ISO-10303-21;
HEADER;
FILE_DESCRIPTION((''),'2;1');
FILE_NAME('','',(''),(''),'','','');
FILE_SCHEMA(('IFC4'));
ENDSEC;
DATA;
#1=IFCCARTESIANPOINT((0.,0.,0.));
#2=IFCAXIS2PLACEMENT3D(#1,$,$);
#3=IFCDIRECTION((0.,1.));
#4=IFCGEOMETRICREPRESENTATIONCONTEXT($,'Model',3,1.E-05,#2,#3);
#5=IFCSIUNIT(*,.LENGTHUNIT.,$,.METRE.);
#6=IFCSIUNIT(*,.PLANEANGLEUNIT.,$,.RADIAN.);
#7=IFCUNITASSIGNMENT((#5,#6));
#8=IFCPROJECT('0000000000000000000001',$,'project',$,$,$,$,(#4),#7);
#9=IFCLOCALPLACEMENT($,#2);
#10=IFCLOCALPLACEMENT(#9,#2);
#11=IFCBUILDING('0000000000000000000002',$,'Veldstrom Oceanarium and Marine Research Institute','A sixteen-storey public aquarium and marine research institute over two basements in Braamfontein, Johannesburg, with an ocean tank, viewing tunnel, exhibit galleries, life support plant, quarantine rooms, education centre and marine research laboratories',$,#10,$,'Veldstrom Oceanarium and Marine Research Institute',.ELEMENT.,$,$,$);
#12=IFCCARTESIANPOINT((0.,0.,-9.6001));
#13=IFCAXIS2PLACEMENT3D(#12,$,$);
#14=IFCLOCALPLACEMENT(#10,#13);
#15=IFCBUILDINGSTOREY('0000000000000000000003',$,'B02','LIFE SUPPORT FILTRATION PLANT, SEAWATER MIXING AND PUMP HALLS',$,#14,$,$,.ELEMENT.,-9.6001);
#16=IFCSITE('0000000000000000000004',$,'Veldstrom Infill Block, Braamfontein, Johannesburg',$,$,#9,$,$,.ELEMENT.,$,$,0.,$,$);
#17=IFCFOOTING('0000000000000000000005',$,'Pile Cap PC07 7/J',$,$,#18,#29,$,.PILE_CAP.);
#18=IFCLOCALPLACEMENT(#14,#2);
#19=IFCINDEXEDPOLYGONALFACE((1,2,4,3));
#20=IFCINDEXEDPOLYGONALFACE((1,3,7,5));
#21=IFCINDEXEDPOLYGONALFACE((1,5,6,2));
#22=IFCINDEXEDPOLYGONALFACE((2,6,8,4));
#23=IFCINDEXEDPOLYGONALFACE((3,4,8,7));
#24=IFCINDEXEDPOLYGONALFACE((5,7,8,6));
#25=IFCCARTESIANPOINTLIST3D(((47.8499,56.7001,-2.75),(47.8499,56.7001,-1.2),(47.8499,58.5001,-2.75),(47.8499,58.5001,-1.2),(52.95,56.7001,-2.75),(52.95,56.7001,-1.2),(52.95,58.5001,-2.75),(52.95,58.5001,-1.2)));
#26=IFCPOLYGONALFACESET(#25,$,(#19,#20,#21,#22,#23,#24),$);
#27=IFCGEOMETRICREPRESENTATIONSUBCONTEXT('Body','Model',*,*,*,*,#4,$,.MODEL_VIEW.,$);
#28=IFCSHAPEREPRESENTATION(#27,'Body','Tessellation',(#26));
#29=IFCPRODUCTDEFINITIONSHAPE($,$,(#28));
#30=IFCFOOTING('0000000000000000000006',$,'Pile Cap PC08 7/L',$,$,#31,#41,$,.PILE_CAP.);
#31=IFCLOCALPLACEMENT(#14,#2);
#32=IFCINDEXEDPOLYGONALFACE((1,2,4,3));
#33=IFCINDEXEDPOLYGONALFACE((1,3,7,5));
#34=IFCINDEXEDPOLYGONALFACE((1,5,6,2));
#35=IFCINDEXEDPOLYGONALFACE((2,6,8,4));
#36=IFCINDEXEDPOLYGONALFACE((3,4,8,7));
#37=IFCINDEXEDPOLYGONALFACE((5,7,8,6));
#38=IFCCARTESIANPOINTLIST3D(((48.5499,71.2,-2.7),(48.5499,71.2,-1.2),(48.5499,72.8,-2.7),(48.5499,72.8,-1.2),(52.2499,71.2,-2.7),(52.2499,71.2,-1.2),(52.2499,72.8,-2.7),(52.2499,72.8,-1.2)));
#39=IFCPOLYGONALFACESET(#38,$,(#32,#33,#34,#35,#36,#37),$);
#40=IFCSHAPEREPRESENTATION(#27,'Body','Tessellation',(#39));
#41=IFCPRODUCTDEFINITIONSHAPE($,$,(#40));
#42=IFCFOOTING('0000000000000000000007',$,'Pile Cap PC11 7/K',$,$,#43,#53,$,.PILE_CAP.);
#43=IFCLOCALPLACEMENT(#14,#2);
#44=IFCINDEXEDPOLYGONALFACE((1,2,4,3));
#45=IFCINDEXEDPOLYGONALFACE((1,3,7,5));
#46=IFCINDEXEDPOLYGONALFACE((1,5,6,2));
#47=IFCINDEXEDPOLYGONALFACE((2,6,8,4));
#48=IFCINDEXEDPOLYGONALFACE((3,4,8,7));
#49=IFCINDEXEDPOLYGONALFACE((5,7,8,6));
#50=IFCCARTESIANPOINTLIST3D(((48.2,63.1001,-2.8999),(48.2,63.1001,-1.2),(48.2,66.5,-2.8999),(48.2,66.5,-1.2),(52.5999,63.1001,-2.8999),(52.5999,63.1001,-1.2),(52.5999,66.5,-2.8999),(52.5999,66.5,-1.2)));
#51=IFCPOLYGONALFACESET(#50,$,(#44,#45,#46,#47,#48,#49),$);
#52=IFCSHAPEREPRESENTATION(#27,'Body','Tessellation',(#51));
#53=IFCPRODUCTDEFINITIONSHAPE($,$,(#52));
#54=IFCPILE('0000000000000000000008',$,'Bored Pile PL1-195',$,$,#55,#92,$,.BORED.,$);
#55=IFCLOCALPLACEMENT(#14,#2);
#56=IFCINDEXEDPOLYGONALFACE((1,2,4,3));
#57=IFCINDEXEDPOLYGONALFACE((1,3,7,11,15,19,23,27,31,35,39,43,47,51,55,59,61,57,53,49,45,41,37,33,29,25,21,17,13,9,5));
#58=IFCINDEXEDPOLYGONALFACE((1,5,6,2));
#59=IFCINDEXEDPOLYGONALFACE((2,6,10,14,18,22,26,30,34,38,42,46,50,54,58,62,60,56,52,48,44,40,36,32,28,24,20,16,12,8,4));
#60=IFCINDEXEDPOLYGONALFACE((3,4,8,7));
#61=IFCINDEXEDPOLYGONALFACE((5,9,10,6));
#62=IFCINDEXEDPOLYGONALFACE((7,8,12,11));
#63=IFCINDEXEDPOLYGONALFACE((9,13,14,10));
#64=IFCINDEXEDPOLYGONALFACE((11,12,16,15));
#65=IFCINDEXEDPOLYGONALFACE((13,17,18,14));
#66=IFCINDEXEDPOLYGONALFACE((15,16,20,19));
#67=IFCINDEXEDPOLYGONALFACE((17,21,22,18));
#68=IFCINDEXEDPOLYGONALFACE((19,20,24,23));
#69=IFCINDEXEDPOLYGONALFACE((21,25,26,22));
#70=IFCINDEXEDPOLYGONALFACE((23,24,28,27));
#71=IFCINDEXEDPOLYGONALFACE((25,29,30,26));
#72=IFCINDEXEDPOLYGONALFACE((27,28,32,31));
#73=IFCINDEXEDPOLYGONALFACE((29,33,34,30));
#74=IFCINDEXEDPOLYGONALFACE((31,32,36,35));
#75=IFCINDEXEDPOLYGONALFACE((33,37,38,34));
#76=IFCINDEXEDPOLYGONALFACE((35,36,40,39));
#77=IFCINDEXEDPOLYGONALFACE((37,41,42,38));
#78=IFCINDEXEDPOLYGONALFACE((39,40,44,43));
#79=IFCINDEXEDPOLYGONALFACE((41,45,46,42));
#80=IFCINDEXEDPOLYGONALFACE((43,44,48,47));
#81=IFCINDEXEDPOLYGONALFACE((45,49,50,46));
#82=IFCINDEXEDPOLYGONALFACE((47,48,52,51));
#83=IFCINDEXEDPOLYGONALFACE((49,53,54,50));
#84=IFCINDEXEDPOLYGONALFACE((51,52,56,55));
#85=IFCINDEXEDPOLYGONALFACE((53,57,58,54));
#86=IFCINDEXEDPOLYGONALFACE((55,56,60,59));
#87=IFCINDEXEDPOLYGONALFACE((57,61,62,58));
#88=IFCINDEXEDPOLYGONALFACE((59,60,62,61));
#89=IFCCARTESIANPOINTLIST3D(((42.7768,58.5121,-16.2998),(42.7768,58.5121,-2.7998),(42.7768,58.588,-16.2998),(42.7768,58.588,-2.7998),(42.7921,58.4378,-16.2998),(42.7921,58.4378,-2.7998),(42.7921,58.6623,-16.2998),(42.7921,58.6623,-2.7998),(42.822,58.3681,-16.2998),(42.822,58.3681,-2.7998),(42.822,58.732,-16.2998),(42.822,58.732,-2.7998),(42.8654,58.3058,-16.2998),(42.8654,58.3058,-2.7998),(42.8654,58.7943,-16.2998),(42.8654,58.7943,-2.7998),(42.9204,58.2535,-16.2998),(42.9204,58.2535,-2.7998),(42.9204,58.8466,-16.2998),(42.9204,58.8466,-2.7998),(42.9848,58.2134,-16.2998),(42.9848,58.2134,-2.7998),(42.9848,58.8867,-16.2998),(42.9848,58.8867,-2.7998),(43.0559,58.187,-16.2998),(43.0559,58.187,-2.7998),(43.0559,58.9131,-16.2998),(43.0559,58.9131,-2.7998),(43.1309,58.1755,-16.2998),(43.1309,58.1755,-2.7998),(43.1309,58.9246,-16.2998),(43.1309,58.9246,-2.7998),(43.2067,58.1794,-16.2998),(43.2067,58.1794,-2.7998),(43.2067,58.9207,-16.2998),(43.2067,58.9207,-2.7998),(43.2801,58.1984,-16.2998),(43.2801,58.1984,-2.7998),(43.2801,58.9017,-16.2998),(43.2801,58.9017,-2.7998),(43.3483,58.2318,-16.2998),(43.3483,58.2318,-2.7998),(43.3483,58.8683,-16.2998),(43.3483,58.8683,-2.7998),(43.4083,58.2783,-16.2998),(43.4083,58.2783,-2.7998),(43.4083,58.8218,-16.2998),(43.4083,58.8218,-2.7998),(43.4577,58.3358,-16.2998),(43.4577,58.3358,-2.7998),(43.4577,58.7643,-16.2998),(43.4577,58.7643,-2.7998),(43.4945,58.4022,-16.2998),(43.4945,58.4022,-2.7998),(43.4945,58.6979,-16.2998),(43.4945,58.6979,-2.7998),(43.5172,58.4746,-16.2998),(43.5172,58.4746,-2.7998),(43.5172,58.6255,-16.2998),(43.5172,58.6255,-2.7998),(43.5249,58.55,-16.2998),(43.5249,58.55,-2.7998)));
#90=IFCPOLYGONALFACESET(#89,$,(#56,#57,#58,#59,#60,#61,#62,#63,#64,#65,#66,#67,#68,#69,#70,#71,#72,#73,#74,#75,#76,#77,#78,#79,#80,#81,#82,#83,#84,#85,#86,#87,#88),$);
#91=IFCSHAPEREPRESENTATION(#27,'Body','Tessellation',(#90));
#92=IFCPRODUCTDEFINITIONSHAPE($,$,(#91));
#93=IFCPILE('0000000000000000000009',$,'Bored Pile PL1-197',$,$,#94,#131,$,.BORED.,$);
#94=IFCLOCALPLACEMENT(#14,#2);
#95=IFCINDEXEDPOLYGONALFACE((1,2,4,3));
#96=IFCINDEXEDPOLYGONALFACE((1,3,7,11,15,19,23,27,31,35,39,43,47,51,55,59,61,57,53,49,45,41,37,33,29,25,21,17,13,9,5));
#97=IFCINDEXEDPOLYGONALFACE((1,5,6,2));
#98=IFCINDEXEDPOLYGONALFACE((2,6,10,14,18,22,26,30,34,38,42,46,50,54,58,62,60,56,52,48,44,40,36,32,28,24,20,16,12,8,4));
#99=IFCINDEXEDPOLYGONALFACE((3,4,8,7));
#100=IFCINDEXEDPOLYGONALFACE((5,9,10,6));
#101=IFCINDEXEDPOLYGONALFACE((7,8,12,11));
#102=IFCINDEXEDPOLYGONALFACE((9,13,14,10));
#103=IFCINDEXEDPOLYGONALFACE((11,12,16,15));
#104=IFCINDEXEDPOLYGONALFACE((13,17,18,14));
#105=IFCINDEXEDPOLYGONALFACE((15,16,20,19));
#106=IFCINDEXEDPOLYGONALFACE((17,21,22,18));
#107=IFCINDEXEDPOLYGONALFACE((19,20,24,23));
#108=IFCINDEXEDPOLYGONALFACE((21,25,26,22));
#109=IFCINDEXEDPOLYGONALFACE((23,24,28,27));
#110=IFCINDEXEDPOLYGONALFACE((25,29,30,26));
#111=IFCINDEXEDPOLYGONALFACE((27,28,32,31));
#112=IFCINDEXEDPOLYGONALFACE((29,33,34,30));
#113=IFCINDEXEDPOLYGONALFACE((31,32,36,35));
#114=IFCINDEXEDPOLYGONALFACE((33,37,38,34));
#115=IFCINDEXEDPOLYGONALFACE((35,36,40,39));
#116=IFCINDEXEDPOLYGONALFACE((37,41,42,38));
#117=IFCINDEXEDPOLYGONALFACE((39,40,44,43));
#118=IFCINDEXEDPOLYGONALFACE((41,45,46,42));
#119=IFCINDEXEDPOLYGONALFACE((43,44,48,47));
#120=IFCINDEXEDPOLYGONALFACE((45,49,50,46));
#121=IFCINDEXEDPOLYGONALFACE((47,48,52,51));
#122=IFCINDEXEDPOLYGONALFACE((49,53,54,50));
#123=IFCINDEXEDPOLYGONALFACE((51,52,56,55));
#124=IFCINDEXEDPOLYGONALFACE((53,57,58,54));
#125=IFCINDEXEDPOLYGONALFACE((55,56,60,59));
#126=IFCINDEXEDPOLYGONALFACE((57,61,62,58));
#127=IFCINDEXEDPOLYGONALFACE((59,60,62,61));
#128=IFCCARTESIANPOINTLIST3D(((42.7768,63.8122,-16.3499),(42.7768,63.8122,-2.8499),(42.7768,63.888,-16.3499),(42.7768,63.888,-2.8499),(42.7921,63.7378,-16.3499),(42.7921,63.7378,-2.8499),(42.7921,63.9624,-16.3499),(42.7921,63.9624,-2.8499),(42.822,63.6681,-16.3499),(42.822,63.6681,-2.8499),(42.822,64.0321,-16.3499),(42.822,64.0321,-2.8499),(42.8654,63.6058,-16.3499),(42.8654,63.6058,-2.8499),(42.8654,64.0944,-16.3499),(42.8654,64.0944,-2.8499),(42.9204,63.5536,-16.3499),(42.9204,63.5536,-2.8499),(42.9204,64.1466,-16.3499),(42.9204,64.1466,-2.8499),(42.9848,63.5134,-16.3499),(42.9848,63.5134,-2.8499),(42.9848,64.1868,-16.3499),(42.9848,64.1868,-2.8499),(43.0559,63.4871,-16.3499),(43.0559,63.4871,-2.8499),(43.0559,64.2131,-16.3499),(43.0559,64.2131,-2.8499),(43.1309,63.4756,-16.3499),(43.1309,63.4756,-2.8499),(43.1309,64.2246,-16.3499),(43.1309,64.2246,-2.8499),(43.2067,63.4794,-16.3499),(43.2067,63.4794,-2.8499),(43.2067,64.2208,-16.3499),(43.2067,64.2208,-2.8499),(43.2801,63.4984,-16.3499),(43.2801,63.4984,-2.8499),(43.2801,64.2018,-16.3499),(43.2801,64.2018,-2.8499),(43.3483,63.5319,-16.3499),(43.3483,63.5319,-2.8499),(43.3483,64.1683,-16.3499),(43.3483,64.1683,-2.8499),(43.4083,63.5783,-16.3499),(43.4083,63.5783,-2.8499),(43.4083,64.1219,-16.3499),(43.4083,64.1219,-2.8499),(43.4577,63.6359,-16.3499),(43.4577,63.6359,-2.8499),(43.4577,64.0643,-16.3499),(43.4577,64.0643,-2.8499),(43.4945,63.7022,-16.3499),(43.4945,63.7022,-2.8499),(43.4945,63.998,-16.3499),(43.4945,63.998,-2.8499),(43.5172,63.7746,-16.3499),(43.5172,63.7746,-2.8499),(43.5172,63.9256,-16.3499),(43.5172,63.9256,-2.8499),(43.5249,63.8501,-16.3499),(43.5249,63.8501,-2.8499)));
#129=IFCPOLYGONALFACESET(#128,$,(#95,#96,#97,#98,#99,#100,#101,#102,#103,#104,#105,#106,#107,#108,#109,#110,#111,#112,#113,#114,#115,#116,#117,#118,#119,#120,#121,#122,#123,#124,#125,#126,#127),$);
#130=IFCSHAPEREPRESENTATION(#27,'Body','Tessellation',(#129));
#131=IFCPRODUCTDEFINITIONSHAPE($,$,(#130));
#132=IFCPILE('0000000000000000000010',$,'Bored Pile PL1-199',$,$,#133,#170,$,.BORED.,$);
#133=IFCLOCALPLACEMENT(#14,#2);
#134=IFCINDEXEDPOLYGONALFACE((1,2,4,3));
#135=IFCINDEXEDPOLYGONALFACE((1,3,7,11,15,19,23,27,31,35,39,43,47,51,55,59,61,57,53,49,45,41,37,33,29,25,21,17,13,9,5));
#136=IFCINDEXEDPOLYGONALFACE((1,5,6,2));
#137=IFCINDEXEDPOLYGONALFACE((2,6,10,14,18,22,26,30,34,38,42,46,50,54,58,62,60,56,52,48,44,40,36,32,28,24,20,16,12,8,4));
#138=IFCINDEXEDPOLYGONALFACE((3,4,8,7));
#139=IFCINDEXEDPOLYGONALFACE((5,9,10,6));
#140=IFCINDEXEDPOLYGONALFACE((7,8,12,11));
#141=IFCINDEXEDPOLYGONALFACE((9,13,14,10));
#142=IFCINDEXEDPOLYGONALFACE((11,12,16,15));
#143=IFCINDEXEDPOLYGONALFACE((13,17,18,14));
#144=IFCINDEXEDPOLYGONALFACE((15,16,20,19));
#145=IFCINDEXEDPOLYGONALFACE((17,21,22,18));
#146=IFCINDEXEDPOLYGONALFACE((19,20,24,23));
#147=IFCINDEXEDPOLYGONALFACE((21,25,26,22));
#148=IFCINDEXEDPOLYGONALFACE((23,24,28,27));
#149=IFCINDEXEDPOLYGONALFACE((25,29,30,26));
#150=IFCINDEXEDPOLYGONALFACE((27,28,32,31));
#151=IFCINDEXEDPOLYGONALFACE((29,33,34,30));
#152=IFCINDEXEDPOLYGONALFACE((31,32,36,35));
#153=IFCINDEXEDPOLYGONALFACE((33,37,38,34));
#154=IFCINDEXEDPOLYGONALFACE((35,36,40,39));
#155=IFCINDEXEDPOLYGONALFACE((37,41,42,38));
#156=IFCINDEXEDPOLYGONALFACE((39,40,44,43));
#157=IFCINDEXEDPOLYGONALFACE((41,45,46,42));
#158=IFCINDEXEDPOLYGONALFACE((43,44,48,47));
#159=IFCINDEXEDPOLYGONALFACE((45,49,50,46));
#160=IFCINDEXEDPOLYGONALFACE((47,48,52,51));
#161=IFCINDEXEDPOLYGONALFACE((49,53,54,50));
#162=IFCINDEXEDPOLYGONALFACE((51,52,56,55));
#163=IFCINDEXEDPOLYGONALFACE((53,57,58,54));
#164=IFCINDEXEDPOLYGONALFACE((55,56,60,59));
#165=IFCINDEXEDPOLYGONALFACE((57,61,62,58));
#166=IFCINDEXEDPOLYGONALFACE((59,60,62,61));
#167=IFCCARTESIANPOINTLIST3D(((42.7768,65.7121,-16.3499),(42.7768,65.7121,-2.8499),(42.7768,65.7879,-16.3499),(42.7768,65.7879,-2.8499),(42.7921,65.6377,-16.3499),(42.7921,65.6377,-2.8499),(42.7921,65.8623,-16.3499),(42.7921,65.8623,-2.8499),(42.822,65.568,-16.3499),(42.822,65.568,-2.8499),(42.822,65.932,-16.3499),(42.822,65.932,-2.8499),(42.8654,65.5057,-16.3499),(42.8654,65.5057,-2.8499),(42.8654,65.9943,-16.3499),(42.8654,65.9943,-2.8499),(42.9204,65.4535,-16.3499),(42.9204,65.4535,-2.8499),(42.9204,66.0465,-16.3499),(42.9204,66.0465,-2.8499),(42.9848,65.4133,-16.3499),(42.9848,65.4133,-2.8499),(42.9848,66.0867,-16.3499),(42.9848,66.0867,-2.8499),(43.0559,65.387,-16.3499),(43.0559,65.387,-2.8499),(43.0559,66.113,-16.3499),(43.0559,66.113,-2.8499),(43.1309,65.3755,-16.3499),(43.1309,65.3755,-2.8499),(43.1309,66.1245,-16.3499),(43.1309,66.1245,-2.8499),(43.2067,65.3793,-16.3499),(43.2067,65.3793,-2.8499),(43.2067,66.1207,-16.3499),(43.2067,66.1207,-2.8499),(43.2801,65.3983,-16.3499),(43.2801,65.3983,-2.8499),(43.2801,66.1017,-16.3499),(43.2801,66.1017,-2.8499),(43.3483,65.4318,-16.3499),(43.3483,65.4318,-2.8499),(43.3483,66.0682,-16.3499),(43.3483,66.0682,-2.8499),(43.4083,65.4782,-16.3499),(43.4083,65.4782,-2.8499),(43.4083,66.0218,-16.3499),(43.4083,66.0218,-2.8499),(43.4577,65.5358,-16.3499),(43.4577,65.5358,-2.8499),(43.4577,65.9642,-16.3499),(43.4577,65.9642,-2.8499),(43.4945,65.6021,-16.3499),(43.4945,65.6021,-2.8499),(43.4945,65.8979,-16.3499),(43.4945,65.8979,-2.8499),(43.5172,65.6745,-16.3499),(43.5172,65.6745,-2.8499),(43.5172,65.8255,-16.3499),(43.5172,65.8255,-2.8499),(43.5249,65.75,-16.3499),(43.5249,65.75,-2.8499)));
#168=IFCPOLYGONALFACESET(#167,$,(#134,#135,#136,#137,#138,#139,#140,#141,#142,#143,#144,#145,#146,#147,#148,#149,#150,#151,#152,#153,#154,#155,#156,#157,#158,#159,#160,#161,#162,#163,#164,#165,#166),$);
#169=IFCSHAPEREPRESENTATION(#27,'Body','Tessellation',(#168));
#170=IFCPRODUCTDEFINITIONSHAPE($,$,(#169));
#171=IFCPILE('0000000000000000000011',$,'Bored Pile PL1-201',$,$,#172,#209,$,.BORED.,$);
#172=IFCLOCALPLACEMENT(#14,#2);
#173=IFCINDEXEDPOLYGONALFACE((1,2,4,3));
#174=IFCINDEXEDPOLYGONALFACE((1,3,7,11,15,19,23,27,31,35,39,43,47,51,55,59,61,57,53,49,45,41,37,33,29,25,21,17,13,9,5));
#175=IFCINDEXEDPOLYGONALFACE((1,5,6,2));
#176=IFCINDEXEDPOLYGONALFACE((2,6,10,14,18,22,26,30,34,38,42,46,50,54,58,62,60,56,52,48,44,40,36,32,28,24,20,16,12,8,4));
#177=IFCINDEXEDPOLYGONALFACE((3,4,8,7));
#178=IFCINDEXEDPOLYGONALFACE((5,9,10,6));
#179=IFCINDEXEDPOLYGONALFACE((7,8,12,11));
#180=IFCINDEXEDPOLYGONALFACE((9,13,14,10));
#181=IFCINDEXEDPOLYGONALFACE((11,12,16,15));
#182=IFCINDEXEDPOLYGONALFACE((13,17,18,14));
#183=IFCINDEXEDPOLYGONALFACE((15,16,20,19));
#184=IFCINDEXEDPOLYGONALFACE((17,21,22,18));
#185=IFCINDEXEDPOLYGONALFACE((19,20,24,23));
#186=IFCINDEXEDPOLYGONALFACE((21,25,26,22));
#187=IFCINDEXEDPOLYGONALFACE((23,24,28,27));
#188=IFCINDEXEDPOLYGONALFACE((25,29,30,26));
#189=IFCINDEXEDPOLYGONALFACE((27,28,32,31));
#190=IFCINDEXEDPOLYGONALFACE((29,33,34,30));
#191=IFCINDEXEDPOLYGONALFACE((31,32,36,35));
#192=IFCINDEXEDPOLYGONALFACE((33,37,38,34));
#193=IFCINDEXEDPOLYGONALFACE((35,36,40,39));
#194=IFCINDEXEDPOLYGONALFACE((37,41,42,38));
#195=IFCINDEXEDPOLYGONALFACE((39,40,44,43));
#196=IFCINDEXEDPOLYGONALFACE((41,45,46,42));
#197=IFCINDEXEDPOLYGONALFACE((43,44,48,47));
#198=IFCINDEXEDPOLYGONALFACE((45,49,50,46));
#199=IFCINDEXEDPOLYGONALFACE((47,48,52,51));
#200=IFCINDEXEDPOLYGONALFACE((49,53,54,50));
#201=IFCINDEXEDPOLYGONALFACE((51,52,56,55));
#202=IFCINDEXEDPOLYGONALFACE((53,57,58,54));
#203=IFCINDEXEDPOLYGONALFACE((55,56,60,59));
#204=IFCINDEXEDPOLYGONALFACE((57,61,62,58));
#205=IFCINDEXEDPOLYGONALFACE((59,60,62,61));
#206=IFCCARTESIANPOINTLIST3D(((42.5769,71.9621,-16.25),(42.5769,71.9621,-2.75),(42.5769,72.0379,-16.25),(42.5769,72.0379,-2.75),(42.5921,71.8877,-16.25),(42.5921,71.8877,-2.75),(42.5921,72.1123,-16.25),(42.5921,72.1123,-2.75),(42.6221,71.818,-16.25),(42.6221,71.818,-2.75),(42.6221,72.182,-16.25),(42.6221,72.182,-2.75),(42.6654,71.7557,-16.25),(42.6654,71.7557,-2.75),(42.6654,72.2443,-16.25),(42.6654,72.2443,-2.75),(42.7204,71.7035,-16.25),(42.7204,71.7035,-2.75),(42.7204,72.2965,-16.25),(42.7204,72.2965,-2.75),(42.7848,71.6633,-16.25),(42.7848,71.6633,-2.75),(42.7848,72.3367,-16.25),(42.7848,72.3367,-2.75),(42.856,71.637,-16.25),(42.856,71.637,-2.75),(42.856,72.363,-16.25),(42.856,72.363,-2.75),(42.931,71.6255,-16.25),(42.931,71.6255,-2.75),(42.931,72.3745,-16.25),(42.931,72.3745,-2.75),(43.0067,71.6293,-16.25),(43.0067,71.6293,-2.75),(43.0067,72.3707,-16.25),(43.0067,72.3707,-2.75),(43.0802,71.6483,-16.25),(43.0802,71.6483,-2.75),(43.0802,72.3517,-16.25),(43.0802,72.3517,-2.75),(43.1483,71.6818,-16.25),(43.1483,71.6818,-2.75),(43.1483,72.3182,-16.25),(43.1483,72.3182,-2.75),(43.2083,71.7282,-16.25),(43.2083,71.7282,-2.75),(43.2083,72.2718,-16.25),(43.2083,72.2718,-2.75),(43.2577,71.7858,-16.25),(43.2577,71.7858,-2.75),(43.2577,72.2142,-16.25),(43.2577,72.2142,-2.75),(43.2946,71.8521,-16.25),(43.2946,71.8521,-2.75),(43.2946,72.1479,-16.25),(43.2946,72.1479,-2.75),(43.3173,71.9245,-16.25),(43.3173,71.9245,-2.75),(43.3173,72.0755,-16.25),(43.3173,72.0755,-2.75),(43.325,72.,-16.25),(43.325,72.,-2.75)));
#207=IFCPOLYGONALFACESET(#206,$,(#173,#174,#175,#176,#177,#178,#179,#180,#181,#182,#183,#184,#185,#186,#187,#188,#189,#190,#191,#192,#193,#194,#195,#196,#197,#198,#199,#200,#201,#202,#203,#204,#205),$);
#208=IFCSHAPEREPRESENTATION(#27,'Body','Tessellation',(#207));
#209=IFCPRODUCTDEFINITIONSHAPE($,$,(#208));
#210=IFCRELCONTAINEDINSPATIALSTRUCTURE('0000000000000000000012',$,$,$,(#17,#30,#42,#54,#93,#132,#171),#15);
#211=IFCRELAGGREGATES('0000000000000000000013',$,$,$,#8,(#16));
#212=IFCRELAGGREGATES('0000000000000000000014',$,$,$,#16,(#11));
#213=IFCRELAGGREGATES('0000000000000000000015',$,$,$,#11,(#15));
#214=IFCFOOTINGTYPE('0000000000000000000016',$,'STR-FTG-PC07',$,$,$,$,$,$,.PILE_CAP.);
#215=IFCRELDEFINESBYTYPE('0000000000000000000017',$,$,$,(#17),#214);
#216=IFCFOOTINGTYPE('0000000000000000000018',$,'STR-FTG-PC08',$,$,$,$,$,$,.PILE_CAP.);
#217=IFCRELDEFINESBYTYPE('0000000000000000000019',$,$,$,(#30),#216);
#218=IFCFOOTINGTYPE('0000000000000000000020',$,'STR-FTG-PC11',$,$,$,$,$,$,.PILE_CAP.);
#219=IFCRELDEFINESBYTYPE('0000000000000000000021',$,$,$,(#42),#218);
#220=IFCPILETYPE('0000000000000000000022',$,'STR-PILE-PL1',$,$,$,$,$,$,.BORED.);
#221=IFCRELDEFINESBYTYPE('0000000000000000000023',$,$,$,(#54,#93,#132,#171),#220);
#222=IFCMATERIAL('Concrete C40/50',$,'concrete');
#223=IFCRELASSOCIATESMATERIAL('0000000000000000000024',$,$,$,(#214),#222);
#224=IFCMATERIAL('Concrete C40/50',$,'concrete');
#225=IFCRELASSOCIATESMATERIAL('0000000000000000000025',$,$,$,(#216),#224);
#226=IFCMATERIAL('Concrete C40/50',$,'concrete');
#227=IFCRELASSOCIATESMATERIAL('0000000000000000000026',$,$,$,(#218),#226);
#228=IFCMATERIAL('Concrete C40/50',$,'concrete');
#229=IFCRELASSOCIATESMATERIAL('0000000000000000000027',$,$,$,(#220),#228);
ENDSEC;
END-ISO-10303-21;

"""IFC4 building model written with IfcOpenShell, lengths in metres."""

from ifc_helpers import new_model, si_unit, direction, frame, origin, origin_2d, place, context, subcontext, project, spatial, rectangle, circle, extrude, material, material_profile, profile_set, type_object, element, save


model = new_model("IFC4")

# Units and contexts
model_context = context("Model", 3, precision=1e-05, world=origin(), true_north=direction((0.0, 1.0)))
body_context = subcontext(model_context, "Body", "Model", "MODEL_VIEW")
ifc_project = project(units=[si_unit("LENGTHUNIT", "METRE"), si_unit("PLANEANGLEUNIT", "RADIAN")], contexts=[model_context])

# Site, building, storey
site_placement = place(None, origin())
site = spatial("IfcSite", under=ifc_project, at=site_placement, Name="Veldstrom Infill Block, Braamfontein, Johannesburg", CompositionType="ELEMENT", RefElevation=0.0)
building_placement = place(site_placement, origin())
building = spatial("IfcBuilding", under=site, at=building_placement, Name="Veldstrom Oceanarium and Marine Research Institute", Description="A sixteen-storey public aquarium and marine research institute over two basements in Braamfontein, Johannesburg, with an ocean tank, viewing tunnel, exhibit galleries, life support plant, quarantine rooms, education centre and marine research laboratories", LongName="Veldstrom Oceanarium and Marine Research Institute", CompositionType="ELEMENT")
storey_placement = place(building_placement, frame((0.0, 0.0, -9.6001)))
storey = spatial("IfcBuildingStorey", under=building, at=storey_placement, Name="B02", Description="LIFE SUPPORT FILTRATION PLANT, SEAWATER MIXING AND PUMP HALLS", CompositionType="ELEMENT", Elevation=-9.6001)

# Footings
ifc_material_1 = material(Name="Concrete C40/50", Category="concrete")
footing_type_1 = type_object("IfcFootingType", Name="STR-FTG-PC07", PredefinedType="PILE_CAP", material=ifc_material_1)
footing_1_placement = place(storey_placement, frame((50.3999, 57.6001, -2.75), z_axis=(0.0, 0.0, 1.0), x_axis=(1.0, 0.0, 0.0)))
element("IfcFooting", 1, at=footing_1_placement, inside=storey, type_object=footing_type_1, Name="Pile Cap PC07 7/J", PredefinedType="PILE_CAP", context=body_context, shape_type="SweptSolid", body=[
    extrude(rectangle(XDim=5.1001, YDim=1.8, at=origin_2d()), origin(), (0.0, 0.0, 1.0), 1.55),
])
ifc_material_2 = material(Name="Concrete C40/50", Category="concrete")
footing_type_2 = type_object("IfcFootingType", Name="STR-FTG-PC08", PredefinedType="PILE_CAP", material=ifc_material_2)
footing_2_placement = place(storey_placement, frame((50.3999, 72.0, -2.7), z_axis=(0.0, 0.0, 1.0), x_axis=(1.0, 0.0, 0.0)))
element("IfcFooting", 2, at=footing_2_placement, inside=storey, type_object=footing_type_2, Name="Pile Cap PC08 7/L", PredefinedType="PILE_CAP", context=body_context, shape_type="SweptSolid", body=[
    extrude(rectangle(XDim=3.7, YDim=1.6001, at=origin_2d()), origin(), (0.0, 0.0, 1.0), 1.5),
])
ifc_material_3 = material(Name="Concrete C40/50", Category="concrete")
footing_type_3 = type_object("IfcFootingType", Name="STR-FTG-PC11", PredefinedType="PILE_CAP", material=ifc_material_3)
footing_3_placement = place(storey_placement, frame((50.3999, 64.8, -2.8999), z_axis=(0.0, 0.0, 1.0), x_axis=(1.0, 0.0, 0.0)))
element("IfcFooting", 3, at=footing_3_placement, inside=storey, type_object=footing_type_3, Name="Pile Cap PC11 7/K", PredefinedType="PILE_CAP", context=body_context, shape_type="SweptSolid", body=[
    extrude(rectangle(XDim=4.3999, YDim=3.3999, at=origin_2d()), origin(), (0.0, 0.0, 1.0), 1.7),
])

# Piles
ifc_material_4 = material(Name="Concrete C40/50", Category="concrete")
ifc_material_profile_1 = material_profile(ifc_material_4, circle(Radius=0.375, at=origin_2d()), Name="PILE-D750")
ifc_profile_set_1 = profile_set([ifc_material_profile_1], Name="Concrete C40/50")
pile_type = type_object("IfcPileType", Name="STR-PILE-PL1", PredefinedType="BORED", material=ifc_profile_set_1)
for number, where, z_axis, x_axis, name in (
    (4, (43.1499, 58.55, -2.7998), (0.0, 0.0, -1.0), (1.0, 0.0, 0.0), "Bored Pile PL1-195"),
    (5, (43.1499, 63.8501, -2.8499), (0.0, 0.0, -1.0), (1.0, 0.0, 0.0), "Bored Pile PL1-197"),
    (6, (43.1499, 65.75, -2.8499), (0.0, 0.0, -1.0), (1.0, 0.0, 0.0), "Bored Pile PL1-199"),
    (7, (42.95, 72.0, -2.75), (0.0, 0.0, -1.0), (1.0, 0.0, 0.0), "Bored Pile PL1-201"),
):
    element("IfcPile", number, at=place(storey_placement, frame(where, z_axis=z_axis, x_axis=x_axis)), inside=storey, type_object=pile_type, Name=name, PredefinedType="BORED", context=body_context, shape_type="SweptSolid", body=[
        extrude(circle(Radius=0.375, at=origin_2d()), origin(), (0.0, 0.0, 1.0), 13.5),
    ])

save(model, "model.ifc")
